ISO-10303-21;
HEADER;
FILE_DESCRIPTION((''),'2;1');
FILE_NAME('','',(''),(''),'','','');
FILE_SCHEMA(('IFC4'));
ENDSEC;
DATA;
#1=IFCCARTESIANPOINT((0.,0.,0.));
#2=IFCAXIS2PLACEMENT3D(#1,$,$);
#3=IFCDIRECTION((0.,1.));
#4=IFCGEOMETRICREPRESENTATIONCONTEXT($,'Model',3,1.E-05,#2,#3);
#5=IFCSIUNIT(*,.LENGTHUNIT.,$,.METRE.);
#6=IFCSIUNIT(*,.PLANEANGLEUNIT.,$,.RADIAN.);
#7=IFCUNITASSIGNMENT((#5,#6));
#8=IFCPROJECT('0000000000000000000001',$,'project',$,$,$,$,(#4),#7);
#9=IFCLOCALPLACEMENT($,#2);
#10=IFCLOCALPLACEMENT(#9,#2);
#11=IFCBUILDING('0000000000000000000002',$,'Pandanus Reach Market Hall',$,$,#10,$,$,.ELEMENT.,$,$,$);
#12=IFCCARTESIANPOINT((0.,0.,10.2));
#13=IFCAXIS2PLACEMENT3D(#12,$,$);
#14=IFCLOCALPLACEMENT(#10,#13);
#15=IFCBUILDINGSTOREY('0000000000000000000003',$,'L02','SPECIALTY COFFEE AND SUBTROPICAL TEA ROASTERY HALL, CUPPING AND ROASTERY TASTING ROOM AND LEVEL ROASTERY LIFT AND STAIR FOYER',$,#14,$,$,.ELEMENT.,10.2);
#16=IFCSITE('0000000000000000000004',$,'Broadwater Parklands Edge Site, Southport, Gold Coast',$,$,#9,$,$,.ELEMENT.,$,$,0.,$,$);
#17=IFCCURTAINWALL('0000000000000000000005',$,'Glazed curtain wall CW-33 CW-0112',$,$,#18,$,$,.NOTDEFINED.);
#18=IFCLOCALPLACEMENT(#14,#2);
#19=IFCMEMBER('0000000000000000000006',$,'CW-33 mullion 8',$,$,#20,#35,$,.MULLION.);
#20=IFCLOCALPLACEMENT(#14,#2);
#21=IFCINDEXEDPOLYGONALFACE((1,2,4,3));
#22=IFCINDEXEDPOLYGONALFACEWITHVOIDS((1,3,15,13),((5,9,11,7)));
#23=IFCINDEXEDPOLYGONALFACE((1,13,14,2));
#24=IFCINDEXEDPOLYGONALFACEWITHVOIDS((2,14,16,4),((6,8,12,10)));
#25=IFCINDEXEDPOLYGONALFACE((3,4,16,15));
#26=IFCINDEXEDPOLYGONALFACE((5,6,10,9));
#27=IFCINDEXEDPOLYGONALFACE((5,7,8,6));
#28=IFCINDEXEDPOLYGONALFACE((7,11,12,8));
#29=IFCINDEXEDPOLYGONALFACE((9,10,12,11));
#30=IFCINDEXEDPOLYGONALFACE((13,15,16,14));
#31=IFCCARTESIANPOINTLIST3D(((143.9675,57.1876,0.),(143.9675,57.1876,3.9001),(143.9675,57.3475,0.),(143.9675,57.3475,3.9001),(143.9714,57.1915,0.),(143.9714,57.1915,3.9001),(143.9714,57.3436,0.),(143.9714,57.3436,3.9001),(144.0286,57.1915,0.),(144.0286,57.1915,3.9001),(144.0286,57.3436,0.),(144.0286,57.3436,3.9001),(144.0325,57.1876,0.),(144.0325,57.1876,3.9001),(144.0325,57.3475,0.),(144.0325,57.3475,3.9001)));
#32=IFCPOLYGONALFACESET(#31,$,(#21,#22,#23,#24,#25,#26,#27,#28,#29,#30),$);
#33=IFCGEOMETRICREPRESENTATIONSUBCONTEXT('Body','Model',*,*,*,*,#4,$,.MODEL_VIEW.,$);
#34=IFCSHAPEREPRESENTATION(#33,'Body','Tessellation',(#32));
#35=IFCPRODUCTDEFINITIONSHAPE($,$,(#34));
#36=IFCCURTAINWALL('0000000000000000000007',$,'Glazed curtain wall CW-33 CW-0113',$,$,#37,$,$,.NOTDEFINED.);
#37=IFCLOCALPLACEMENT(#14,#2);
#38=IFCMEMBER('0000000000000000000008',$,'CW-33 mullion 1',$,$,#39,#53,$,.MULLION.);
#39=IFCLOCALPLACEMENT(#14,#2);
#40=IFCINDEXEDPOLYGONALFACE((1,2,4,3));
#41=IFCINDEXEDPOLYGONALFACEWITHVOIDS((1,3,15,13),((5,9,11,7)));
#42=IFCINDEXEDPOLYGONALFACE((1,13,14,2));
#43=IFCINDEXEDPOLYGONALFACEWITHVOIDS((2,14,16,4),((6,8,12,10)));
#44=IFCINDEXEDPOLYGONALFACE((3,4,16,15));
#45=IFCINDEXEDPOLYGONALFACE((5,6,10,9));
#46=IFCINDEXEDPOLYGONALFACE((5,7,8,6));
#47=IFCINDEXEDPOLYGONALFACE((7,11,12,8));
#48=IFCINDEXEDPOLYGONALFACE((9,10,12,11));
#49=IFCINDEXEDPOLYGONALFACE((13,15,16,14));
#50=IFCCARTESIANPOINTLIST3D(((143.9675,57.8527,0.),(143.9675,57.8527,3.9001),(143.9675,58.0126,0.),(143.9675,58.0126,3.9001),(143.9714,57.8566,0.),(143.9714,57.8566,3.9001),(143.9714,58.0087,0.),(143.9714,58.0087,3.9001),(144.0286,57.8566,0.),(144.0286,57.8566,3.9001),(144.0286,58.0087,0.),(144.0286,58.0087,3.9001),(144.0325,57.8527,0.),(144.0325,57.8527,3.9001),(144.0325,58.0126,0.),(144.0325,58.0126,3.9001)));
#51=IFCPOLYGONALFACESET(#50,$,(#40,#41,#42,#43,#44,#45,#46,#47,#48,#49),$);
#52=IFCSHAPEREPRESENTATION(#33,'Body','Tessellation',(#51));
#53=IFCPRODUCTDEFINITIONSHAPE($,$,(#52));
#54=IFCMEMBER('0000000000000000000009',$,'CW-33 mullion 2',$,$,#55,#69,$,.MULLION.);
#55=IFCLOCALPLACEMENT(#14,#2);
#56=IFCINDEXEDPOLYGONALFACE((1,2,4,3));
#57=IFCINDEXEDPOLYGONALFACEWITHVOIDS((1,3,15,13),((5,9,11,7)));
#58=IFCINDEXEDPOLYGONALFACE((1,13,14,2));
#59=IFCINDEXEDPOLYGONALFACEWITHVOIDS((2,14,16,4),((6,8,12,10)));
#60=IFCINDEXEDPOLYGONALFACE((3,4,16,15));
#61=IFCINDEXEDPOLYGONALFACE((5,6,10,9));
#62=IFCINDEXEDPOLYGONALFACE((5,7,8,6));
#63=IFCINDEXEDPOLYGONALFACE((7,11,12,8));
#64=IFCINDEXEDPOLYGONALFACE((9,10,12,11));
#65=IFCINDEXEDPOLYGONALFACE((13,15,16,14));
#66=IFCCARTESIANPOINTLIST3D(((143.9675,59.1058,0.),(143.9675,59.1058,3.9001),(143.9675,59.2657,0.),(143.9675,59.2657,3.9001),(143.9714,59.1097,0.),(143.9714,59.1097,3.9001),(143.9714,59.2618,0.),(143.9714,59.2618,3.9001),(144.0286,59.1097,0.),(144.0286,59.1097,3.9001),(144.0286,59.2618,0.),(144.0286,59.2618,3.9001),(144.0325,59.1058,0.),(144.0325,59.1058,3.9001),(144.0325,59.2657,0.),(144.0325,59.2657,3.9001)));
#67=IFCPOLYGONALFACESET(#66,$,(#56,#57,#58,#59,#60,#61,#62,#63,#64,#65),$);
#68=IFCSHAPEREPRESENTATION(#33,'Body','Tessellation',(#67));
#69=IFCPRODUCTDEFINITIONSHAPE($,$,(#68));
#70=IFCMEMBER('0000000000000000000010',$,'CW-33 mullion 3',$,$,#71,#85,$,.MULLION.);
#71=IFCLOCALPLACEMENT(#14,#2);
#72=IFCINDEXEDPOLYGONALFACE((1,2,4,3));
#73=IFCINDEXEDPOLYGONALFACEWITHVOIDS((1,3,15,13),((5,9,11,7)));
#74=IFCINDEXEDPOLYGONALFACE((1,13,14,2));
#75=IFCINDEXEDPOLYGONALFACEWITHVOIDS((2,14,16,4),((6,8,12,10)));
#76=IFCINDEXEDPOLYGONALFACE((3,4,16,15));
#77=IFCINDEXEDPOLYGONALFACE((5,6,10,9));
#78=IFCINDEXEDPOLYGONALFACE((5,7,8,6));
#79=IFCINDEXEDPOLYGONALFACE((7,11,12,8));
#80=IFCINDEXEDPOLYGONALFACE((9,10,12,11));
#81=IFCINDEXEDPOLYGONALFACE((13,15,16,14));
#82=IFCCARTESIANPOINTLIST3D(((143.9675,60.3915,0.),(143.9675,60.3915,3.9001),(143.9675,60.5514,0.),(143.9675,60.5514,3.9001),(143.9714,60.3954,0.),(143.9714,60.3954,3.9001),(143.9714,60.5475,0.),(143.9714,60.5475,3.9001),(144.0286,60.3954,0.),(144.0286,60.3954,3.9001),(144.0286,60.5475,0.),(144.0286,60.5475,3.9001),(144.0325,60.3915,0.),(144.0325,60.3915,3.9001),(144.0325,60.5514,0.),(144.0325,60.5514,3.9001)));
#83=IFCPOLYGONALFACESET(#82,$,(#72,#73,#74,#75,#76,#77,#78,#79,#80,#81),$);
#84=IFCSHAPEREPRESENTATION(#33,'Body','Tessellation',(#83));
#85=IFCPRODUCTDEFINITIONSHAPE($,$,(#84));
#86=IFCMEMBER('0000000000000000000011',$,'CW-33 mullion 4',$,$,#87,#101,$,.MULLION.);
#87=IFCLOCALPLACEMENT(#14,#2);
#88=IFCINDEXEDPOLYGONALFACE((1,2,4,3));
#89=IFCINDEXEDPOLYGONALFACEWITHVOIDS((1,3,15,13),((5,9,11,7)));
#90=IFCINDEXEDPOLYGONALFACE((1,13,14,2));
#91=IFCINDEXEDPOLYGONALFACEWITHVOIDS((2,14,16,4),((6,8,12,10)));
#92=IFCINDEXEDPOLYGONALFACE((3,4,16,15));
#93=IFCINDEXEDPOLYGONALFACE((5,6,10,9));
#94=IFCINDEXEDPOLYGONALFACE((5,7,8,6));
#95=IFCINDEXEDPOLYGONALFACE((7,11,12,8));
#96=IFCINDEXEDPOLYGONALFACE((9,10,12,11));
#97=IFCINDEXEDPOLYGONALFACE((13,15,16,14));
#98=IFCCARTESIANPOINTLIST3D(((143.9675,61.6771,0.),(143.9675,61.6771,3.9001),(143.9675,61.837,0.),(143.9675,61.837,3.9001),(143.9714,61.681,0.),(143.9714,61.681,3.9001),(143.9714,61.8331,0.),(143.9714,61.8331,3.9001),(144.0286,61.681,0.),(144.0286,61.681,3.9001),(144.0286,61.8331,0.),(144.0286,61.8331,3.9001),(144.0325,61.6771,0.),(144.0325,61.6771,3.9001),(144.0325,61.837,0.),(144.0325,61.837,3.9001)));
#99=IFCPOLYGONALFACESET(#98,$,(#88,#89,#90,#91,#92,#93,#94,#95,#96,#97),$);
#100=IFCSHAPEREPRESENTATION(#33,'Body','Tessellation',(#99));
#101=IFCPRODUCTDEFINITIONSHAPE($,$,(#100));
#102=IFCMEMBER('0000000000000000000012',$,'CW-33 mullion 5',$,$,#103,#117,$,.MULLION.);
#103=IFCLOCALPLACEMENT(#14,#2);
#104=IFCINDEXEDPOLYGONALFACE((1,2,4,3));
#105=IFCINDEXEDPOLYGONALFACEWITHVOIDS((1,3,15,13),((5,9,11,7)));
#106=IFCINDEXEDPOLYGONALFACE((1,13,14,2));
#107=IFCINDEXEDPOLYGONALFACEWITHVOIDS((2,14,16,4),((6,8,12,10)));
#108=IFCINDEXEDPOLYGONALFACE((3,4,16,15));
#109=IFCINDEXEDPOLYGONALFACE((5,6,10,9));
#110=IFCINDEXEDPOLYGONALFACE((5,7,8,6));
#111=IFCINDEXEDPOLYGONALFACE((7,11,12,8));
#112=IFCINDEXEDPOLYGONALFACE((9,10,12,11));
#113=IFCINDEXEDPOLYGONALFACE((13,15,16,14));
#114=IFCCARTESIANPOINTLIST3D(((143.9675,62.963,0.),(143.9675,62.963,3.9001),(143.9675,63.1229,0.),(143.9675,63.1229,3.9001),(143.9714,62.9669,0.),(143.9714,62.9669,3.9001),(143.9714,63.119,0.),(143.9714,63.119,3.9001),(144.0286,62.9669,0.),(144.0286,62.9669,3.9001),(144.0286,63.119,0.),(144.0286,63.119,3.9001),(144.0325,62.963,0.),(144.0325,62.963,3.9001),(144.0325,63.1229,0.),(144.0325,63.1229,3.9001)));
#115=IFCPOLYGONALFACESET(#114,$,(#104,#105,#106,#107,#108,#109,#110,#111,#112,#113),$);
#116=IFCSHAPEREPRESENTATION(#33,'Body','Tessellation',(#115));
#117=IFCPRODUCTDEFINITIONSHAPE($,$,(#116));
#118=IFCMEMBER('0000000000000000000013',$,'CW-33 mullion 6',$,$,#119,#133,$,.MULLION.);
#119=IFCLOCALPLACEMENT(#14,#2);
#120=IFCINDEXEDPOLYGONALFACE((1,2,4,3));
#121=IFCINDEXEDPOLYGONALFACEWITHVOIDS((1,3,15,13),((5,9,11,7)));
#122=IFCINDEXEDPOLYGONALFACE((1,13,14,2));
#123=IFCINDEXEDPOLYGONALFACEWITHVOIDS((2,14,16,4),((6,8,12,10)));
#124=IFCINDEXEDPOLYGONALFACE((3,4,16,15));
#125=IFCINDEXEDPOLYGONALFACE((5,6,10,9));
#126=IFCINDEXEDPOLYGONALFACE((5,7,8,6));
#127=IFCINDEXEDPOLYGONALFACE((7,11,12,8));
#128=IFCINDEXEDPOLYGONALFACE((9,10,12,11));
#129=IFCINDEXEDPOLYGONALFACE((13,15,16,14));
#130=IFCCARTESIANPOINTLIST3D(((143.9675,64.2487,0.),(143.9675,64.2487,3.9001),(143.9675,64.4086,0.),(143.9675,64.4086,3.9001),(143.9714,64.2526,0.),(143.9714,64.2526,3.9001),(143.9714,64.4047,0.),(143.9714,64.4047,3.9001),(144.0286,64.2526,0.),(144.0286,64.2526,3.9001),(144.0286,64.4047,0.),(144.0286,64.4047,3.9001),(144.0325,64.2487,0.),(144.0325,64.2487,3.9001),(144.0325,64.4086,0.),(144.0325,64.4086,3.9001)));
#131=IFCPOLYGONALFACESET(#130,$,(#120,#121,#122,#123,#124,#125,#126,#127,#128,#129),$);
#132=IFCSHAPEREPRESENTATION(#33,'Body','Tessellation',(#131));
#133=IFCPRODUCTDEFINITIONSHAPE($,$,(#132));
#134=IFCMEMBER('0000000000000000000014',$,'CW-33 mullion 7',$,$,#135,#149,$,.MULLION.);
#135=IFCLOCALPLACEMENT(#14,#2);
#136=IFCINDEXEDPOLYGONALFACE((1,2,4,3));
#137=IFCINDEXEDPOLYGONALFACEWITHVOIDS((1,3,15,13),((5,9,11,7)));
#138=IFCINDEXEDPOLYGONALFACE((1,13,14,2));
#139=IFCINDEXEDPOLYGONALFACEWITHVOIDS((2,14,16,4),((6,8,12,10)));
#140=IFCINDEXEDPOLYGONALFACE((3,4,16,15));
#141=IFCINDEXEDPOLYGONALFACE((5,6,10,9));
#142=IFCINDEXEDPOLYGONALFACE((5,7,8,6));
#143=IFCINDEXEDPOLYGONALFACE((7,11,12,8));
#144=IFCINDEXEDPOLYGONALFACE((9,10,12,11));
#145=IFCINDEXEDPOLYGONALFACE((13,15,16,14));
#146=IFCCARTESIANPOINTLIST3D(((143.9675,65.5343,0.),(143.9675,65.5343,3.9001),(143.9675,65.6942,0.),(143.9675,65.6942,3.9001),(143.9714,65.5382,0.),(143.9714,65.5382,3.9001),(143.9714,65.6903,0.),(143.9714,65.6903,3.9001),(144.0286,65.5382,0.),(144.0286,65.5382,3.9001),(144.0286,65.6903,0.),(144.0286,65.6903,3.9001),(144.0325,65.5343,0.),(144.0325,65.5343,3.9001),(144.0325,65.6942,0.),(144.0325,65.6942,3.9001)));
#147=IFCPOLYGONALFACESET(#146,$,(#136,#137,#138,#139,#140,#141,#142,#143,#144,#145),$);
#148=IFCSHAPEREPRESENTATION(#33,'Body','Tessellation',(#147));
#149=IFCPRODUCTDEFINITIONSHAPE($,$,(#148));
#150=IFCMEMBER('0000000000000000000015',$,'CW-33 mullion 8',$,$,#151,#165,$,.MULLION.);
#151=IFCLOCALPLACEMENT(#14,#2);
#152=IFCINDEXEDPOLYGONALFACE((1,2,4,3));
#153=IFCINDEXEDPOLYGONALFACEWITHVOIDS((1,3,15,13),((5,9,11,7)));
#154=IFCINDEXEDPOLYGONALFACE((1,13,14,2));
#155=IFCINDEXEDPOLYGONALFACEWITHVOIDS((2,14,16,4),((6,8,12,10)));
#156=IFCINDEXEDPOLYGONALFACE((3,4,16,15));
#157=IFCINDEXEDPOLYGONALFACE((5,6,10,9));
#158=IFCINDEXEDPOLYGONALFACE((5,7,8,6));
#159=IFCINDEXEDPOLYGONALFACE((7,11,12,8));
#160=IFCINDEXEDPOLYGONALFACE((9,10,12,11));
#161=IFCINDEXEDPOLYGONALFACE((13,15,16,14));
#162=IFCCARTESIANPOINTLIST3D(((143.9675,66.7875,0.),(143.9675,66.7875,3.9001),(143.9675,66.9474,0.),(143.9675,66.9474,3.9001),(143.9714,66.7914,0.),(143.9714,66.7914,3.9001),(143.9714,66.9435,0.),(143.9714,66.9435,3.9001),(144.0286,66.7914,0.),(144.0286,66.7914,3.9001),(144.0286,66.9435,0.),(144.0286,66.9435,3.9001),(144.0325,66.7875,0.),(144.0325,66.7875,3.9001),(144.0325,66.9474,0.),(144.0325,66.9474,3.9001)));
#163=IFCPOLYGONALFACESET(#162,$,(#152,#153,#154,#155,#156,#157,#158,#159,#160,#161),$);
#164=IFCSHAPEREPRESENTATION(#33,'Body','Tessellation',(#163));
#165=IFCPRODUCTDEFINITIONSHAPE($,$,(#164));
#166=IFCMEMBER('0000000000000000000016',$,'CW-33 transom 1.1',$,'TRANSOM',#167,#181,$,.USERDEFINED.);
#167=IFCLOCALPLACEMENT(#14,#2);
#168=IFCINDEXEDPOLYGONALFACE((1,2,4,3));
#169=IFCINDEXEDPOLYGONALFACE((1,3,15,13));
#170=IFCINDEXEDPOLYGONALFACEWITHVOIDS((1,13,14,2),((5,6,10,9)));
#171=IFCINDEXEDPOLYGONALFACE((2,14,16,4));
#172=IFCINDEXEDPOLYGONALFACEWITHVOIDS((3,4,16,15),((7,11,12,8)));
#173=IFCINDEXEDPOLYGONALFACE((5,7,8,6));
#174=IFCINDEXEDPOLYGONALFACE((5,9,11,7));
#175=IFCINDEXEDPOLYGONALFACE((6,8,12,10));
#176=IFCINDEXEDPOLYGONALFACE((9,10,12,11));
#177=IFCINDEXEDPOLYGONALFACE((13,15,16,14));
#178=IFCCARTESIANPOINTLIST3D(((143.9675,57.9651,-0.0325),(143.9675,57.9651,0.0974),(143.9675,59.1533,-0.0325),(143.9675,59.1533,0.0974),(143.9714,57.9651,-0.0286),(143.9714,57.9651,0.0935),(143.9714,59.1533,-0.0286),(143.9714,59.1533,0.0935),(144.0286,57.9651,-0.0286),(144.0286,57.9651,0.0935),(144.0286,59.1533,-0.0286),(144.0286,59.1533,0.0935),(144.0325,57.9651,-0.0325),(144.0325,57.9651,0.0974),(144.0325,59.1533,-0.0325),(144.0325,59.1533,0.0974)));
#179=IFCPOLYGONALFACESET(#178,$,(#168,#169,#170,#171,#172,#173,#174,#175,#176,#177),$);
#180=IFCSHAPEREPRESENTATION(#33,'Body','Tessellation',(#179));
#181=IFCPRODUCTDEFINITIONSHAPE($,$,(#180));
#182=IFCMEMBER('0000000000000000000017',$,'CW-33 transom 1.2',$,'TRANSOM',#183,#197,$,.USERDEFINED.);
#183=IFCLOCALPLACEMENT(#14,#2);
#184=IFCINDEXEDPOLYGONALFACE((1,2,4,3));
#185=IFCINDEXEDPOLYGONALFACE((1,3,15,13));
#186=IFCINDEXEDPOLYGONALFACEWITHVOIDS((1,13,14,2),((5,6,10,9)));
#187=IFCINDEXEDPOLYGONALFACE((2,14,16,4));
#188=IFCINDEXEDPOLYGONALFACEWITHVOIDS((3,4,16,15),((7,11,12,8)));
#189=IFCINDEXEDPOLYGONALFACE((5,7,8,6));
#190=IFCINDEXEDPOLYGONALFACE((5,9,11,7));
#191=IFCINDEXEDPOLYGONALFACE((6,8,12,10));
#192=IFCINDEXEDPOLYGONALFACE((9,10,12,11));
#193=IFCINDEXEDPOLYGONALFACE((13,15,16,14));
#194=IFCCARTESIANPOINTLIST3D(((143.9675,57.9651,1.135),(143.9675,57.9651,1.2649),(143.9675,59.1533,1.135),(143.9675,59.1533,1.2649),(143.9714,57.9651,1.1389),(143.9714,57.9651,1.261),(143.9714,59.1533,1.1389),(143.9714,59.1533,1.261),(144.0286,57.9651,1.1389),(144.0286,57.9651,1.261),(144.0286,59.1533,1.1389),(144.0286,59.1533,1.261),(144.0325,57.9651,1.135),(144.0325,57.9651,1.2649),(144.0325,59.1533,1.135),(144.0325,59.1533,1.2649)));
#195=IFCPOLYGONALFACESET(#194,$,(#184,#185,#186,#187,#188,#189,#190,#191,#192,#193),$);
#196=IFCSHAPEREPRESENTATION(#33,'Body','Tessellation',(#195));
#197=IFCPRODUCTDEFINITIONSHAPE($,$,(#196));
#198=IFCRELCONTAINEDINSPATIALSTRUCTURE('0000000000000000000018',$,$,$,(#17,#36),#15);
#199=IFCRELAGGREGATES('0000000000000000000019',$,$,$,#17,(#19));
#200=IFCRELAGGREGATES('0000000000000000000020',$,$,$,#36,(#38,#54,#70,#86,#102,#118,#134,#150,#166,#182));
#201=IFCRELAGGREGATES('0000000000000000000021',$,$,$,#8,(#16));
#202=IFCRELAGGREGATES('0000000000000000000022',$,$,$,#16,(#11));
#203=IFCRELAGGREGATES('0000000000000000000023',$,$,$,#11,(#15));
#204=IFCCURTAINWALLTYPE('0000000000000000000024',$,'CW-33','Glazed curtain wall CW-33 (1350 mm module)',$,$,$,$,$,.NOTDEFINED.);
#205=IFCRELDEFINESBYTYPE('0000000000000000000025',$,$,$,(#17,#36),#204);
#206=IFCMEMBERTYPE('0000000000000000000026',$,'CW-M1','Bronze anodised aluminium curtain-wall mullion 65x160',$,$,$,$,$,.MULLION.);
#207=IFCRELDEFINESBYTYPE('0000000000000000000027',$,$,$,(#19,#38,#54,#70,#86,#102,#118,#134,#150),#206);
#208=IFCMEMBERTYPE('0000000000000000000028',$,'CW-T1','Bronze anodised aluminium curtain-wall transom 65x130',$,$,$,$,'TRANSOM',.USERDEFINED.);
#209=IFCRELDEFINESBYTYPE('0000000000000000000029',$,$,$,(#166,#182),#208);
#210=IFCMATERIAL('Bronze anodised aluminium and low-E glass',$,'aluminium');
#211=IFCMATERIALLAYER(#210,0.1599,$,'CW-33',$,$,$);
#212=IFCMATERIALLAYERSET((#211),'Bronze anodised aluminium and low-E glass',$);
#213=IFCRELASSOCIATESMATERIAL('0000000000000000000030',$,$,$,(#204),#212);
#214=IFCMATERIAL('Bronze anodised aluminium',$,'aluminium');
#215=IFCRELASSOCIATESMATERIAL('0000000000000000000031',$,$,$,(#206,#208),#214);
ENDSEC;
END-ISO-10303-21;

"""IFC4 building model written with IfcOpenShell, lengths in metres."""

from ifc_helpers import new_model, si_unit, direction, frame, origin, origin_2d, place, context, subcontext, project, spatial, hollow_rectangle, extrude, material, layer, layer_set, material_profile, profile_set, type_object, element, aggregate, save


model = new_model("IFC4")

# Units and contexts
model_context = context("Model", 3, precision=1e-05, world=origin(), true_north=direction((0.0, 1.0)))
body_context = subcontext(model_context, "Body", "Model", "MODEL_VIEW")
ifc_project = project(units=[si_unit("LENGTHUNIT", "METRE"), si_unit("PLANEANGLEUNIT", "RADIAN")], contexts=[model_context])

# Site, building, storey
site_placement = place(None, origin())
site = spatial("IfcSite", under=ifc_project, at=site_placement, Name="Broadwater Parklands Edge Site, Southport, Gold Coast", CompositionType="ELEMENT", RefElevation=0.0)
building_placement = place(site_placement, origin())
building = spatial("IfcBuilding", under=site, at=building_placement, Name="Pandanus Reach Market Hall", CompositionType="ELEMENT")
storey_placement = place(building_placement, frame((0.0, 0.0, 10.2)))
storey = spatial("IfcBuildingStorey", under=building, at=storey_placement, Name="L02", Description="SPECIALTY COFFEE AND SUBTROPICAL TEA ROASTERY HALL, CUPPING AND ROASTERY TASTING ROOM AND LEVEL ROASTERY LIFT AND STAIR FOYER", CompositionType="ELEMENT", Elevation=10.2)

# Curtain wall, member
ifc_material_1 = material(Name="Bronze anodised aluminium and low-E glass", Category="aluminium")
ifc_layer_1 = layer(ifc_material_1, 0.1599, Name="CW-33")
ifc_layer_set_1 = layer_set([ifc_layer_1], Name="Bronze anodised aluminium and low-E glass")
curtain_wall_type = type_object("IfcCurtainWallType", Name="CW-33", Description="Glazed curtain wall CW-33 (1350 mm module)", PredefinedType="NOTDEFINED", material=ifc_layer_set_1)
curtain_wall_1_placement = place(storey_placement, origin())
curtain_wall_1 = element("IfcCurtainWall", 1, at=curtain_wall_1_placement, inside=storey, type_object=curtain_wall_type, Name="Glazed curtain wall CW-33 CW-0112", PredefinedType="NOTDEFINED")
ifc_material_2 = material(Name="Bronze anodised aluminium", Category="aluminium")
ifc_material_profile_1 = material_profile(ifc_material_2, hollow_rectangle(XDim=0.0649, YDim=0.1599, WallThickness=0.0039, at=origin_2d()), Name="ALU65x160", Category="LoadBearing")
ifc_profile_set_1 = profile_set([ifc_material_profile_1], Name="Bronze anodised aluminium")
member_type_1 = type_object("IfcMemberType", Name="CW-M1", Description="Bronze anodised aluminium curtain-wall mullion 65x160", PredefinedType="MULLION", material=ifc_profile_set_1)
member_1_placement = place(storey_placement, frame((144.0, 57.2676, 0.0), z_axis=(0.0, 0.0, 1.0), x_axis=(-1.0, 0.0, 0.0)))
member_1 = element("IfcMember", 2, at=member_1_placement, type_object=member_type_1, Name="CW-33 mullion 8", PredefinedType="MULLION", context=body_context, shape_type="SweptSolid", body=[
    extrude(hollow_rectangle(XDim=0.0649, YDim=0.1599, WallThickness=0.0039, at=origin_2d()), origin(), (0.0, 0.0, 1.0), 3.9001),
])

# Curtain wall, members
curtain_wall_2_placement = place(storey_placement, origin())
curtain_wall_2 = element("IfcCurtainWall", 3, at=curtain_wall_2_placement, inside=storey, type_object=curtain_wall_type, Name="Glazed curtain wall CW-33 CW-0113", PredefinedType="NOTDEFINED")
member_2_placement = place(storey_placement, frame((144.0, 57.9326, 0.0), z_axis=(0.0, 0.0, 1.0), x_axis=(-1.0, 0.0, 0.0)))
member_2 = element("IfcMember", 4, at=member_2_placement, type_object=member_type_1, Name="CW-33 mullion 1", PredefinedType="MULLION", context=body_context, shape_type="SweptSolid", body=[
    extrude(hollow_rectangle(XDim=0.0649, YDim=0.1599, WallThickness=0.0039, at=origin_2d()), origin(), (0.0, 0.0, 1.0), 3.9001),
])
member_3_placement = place(storey_placement, frame((144.0, 59.1858, 0.0), z_axis=(0.0, 0.0, 1.0), x_axis=(-1.0, 0.0, 0.0)))
member_3 = element("IfcMember", 5, at=member_3_placement, type_object=member_type_1, Name="CW-33 mullion 2", PredefinedType="MULLION", context=body_context, shape_type="SweptSolid", body=[
    extrude(hollow_rectangle(XDim=0.0649, YDim=0.1599, WallThickness=0.0039, at=origin_2d()), origin(), (0.0, 0.0, 1.0), 3.9001),
])
member_4_placement = place(storey_placement, frame((144.0, 60.4714, 0.0), z_axis=(0.0, 0.0, 1.0), x_axis=(-1.0, 0.0, 0.0)))
member_4 = element("IfcMember", 6, at=member_4_placement, type_object=member_type_1, Name="CW-33 mullion 3", PredefinedType="MULLION", context=body_context, shape_type="SweptSolid", body=[
    extrude(hollow_rectangle(XDim=0.0649, YDim=0.1599, WallThickness=0.0039, at=origin_2d()), origin(), (0.0, 0.0, 1.0), 3.9001),
])
member_5_placement = place(storey_placement, frame((144.0, 61.7571, 0.0), z_axis=(0.0, 0.0, 1.0), x_axis=(-1.0, 0.0, 0.0)))
member_5 = element("IfcMember", 7, at=member_5_placement, type_object=member_type_1, Name="CW-33 mullion 4", PredefinedType="MULLION", context=body_context, shape_type="SweptSolid", body=[
    extrude(hollow_rectangle(XDim=0.0649, YDim=0.1599, WallThickness=0.0039, at=origin_2d()), origin(), (0.0, 0.0, 1.0), 3.9001),
])
member_6_placement = place(storey_placement, frame((144.0, 63.043, 0.0), z_axis=(0.0, 0.0, 1.0), x_axis=(-1.0, 0.0, 0.0)))
member_6 = element("IfcMember", 8, at=member_6_placement, type_object=member_type_1, Name="CW-33 mullion 5", PredefinedType="MULLION", context=body_context, shape_type="SweptSolid", body=[
    extrude(hollow_rectangle(XDim=0.0649, YDim=0.1599, WallThickness=0.0039, at=origin_2d()), origin(), (0.0, 0.0, 1.0), 3.9001),
])
member_7_placement = place(storey_placement, frame((144.0, 64.3286, 0.0), z_axis=(0.0, 0.0, 1.0), x_axis=(-1.0, 0.0, 0.0)))
member_7 = element("IfcMember", 9, at=member_7_placement, type_object=member_type_1, Name="CW-33 mullion 6", PredefinedType="MULLION", context=body_context, shape_type="SweptSolid", body=[
    extrude(hollow_rectangle(XDim=0.0649, YDim=0.1599, WallThickness=0.0039, at=origin_2d()), origin(), (0.0, 0.0, 1.0), 3.9001),
])
member_8_placement = place(storey_placement, frame((144.0, 65.6143, 0.0), z_axis=(0.0, 0.0, 1.0), x_axis=(-1.0, 0.0, 0.0)))
member_8 = element("IfcMember", 10, at=member_8_placement, type_object=member_type_1, Name="CW-33 mullion 7", PredefinedType="MULLION", context=body_context, shape_type="SweptSolid", body=[
    extrude(hollow_rectangle(XDim=0.0649, YDim=0.1599, WallThickness=0.0039, at=origin_2d()), origin(), (0.0, 0.0, 1.0), 3.9001),
])
member_9_placement = place(storey_placement, frame((144.0, 66.8674, 0.0), z_axis=(0.0, 0.0, 1.0), x_axis=(-1.0, 0.0, 0.0)))
member_9 = element("IfcMember", 11, at=member_9_placement, type_object=member_type_1, Name="CW-33 mullion 8", PredefinedType="MULLION", context=body_context, shape_type="SweptSolid", body=[
    extrude(hollow_rectangle(XDim=0.0649, YDim=0.1599, WallThickness=0.0039, at=origin_2d()), origin(), (0.0, 0.0, 1.0), 3.9001),
])
ifc_material_profile_2 = material_profile(ifc_material_2, hollow_rectangle(XDim=0.0649, YDim=0.1299, WallThickness=0.0039, at=origin_2d()), Name="ALU65x130", Category="LoadBearing")
ifc_profile_set_2 = profile_set([ifc_material_profile_2], Name="Bronze anodised aluminium")
member_type_2 = type_object("IfcMemberType", Name="CW-T1", Description="Bronze anodised aluminium curtain-wall transom 65x130", ElementType="TRANSOM", PredefinedType="USERDEFINED", material=ifc_profile_set_2)
member_10_placement = place(storey_placement, frame((144.0, 57.9651, 0.0325), z_axis=(0.0, 1.0, 0.0), x_axis=(-1.0, 0.0, 0.0)))
member_10 = element("IfcMember", 12, at=member_10_placement, type_object=member_type_2, Name="CW-33 transom 1.1", ObjectType="TRANSOM", PredefinedType="USERDEFINED", context=body_context, shape_type="SweptSolid", body=[
    extrude(hollow_rectangle(XDim=0.0649, YDim=0.1299, WallThickness=0.0039, at=origin_2d()), origin(), (0.0, 0.0, 1.0), 1.1882),
])
member_11_placement = place(storey_placement, frame((144.0, 57.9651, 1.2), z_axis=(0.0, 1.0, 0.0), x_axis=(-1.0, 0.0, 0.0)))
member_11 = element("IfcMember", 13, at=member_11_placement, type_object=member_type_2, Name="CW-33 transom 1.2", ObjectType="TRANSOM", PredefinedType="USERDEFINED", context=body_context, shape_type="SweptSolid", body=[
    extrude(hollow_rectangle(XDim=0.0649, YDim=0.1299, WallThickness=0.0039, at=origin_2d()), origin(), (0.0, 0.0, 1.0), 1.1882),
])

aggregate(curtain_wall_1, [member_1])
aggregate(curtain_wall_2, [member_2, member_3, member_4, member_5, member_6, member_7, member_8, member_9, member_10, member_11])

save(model, "model.ifc")
